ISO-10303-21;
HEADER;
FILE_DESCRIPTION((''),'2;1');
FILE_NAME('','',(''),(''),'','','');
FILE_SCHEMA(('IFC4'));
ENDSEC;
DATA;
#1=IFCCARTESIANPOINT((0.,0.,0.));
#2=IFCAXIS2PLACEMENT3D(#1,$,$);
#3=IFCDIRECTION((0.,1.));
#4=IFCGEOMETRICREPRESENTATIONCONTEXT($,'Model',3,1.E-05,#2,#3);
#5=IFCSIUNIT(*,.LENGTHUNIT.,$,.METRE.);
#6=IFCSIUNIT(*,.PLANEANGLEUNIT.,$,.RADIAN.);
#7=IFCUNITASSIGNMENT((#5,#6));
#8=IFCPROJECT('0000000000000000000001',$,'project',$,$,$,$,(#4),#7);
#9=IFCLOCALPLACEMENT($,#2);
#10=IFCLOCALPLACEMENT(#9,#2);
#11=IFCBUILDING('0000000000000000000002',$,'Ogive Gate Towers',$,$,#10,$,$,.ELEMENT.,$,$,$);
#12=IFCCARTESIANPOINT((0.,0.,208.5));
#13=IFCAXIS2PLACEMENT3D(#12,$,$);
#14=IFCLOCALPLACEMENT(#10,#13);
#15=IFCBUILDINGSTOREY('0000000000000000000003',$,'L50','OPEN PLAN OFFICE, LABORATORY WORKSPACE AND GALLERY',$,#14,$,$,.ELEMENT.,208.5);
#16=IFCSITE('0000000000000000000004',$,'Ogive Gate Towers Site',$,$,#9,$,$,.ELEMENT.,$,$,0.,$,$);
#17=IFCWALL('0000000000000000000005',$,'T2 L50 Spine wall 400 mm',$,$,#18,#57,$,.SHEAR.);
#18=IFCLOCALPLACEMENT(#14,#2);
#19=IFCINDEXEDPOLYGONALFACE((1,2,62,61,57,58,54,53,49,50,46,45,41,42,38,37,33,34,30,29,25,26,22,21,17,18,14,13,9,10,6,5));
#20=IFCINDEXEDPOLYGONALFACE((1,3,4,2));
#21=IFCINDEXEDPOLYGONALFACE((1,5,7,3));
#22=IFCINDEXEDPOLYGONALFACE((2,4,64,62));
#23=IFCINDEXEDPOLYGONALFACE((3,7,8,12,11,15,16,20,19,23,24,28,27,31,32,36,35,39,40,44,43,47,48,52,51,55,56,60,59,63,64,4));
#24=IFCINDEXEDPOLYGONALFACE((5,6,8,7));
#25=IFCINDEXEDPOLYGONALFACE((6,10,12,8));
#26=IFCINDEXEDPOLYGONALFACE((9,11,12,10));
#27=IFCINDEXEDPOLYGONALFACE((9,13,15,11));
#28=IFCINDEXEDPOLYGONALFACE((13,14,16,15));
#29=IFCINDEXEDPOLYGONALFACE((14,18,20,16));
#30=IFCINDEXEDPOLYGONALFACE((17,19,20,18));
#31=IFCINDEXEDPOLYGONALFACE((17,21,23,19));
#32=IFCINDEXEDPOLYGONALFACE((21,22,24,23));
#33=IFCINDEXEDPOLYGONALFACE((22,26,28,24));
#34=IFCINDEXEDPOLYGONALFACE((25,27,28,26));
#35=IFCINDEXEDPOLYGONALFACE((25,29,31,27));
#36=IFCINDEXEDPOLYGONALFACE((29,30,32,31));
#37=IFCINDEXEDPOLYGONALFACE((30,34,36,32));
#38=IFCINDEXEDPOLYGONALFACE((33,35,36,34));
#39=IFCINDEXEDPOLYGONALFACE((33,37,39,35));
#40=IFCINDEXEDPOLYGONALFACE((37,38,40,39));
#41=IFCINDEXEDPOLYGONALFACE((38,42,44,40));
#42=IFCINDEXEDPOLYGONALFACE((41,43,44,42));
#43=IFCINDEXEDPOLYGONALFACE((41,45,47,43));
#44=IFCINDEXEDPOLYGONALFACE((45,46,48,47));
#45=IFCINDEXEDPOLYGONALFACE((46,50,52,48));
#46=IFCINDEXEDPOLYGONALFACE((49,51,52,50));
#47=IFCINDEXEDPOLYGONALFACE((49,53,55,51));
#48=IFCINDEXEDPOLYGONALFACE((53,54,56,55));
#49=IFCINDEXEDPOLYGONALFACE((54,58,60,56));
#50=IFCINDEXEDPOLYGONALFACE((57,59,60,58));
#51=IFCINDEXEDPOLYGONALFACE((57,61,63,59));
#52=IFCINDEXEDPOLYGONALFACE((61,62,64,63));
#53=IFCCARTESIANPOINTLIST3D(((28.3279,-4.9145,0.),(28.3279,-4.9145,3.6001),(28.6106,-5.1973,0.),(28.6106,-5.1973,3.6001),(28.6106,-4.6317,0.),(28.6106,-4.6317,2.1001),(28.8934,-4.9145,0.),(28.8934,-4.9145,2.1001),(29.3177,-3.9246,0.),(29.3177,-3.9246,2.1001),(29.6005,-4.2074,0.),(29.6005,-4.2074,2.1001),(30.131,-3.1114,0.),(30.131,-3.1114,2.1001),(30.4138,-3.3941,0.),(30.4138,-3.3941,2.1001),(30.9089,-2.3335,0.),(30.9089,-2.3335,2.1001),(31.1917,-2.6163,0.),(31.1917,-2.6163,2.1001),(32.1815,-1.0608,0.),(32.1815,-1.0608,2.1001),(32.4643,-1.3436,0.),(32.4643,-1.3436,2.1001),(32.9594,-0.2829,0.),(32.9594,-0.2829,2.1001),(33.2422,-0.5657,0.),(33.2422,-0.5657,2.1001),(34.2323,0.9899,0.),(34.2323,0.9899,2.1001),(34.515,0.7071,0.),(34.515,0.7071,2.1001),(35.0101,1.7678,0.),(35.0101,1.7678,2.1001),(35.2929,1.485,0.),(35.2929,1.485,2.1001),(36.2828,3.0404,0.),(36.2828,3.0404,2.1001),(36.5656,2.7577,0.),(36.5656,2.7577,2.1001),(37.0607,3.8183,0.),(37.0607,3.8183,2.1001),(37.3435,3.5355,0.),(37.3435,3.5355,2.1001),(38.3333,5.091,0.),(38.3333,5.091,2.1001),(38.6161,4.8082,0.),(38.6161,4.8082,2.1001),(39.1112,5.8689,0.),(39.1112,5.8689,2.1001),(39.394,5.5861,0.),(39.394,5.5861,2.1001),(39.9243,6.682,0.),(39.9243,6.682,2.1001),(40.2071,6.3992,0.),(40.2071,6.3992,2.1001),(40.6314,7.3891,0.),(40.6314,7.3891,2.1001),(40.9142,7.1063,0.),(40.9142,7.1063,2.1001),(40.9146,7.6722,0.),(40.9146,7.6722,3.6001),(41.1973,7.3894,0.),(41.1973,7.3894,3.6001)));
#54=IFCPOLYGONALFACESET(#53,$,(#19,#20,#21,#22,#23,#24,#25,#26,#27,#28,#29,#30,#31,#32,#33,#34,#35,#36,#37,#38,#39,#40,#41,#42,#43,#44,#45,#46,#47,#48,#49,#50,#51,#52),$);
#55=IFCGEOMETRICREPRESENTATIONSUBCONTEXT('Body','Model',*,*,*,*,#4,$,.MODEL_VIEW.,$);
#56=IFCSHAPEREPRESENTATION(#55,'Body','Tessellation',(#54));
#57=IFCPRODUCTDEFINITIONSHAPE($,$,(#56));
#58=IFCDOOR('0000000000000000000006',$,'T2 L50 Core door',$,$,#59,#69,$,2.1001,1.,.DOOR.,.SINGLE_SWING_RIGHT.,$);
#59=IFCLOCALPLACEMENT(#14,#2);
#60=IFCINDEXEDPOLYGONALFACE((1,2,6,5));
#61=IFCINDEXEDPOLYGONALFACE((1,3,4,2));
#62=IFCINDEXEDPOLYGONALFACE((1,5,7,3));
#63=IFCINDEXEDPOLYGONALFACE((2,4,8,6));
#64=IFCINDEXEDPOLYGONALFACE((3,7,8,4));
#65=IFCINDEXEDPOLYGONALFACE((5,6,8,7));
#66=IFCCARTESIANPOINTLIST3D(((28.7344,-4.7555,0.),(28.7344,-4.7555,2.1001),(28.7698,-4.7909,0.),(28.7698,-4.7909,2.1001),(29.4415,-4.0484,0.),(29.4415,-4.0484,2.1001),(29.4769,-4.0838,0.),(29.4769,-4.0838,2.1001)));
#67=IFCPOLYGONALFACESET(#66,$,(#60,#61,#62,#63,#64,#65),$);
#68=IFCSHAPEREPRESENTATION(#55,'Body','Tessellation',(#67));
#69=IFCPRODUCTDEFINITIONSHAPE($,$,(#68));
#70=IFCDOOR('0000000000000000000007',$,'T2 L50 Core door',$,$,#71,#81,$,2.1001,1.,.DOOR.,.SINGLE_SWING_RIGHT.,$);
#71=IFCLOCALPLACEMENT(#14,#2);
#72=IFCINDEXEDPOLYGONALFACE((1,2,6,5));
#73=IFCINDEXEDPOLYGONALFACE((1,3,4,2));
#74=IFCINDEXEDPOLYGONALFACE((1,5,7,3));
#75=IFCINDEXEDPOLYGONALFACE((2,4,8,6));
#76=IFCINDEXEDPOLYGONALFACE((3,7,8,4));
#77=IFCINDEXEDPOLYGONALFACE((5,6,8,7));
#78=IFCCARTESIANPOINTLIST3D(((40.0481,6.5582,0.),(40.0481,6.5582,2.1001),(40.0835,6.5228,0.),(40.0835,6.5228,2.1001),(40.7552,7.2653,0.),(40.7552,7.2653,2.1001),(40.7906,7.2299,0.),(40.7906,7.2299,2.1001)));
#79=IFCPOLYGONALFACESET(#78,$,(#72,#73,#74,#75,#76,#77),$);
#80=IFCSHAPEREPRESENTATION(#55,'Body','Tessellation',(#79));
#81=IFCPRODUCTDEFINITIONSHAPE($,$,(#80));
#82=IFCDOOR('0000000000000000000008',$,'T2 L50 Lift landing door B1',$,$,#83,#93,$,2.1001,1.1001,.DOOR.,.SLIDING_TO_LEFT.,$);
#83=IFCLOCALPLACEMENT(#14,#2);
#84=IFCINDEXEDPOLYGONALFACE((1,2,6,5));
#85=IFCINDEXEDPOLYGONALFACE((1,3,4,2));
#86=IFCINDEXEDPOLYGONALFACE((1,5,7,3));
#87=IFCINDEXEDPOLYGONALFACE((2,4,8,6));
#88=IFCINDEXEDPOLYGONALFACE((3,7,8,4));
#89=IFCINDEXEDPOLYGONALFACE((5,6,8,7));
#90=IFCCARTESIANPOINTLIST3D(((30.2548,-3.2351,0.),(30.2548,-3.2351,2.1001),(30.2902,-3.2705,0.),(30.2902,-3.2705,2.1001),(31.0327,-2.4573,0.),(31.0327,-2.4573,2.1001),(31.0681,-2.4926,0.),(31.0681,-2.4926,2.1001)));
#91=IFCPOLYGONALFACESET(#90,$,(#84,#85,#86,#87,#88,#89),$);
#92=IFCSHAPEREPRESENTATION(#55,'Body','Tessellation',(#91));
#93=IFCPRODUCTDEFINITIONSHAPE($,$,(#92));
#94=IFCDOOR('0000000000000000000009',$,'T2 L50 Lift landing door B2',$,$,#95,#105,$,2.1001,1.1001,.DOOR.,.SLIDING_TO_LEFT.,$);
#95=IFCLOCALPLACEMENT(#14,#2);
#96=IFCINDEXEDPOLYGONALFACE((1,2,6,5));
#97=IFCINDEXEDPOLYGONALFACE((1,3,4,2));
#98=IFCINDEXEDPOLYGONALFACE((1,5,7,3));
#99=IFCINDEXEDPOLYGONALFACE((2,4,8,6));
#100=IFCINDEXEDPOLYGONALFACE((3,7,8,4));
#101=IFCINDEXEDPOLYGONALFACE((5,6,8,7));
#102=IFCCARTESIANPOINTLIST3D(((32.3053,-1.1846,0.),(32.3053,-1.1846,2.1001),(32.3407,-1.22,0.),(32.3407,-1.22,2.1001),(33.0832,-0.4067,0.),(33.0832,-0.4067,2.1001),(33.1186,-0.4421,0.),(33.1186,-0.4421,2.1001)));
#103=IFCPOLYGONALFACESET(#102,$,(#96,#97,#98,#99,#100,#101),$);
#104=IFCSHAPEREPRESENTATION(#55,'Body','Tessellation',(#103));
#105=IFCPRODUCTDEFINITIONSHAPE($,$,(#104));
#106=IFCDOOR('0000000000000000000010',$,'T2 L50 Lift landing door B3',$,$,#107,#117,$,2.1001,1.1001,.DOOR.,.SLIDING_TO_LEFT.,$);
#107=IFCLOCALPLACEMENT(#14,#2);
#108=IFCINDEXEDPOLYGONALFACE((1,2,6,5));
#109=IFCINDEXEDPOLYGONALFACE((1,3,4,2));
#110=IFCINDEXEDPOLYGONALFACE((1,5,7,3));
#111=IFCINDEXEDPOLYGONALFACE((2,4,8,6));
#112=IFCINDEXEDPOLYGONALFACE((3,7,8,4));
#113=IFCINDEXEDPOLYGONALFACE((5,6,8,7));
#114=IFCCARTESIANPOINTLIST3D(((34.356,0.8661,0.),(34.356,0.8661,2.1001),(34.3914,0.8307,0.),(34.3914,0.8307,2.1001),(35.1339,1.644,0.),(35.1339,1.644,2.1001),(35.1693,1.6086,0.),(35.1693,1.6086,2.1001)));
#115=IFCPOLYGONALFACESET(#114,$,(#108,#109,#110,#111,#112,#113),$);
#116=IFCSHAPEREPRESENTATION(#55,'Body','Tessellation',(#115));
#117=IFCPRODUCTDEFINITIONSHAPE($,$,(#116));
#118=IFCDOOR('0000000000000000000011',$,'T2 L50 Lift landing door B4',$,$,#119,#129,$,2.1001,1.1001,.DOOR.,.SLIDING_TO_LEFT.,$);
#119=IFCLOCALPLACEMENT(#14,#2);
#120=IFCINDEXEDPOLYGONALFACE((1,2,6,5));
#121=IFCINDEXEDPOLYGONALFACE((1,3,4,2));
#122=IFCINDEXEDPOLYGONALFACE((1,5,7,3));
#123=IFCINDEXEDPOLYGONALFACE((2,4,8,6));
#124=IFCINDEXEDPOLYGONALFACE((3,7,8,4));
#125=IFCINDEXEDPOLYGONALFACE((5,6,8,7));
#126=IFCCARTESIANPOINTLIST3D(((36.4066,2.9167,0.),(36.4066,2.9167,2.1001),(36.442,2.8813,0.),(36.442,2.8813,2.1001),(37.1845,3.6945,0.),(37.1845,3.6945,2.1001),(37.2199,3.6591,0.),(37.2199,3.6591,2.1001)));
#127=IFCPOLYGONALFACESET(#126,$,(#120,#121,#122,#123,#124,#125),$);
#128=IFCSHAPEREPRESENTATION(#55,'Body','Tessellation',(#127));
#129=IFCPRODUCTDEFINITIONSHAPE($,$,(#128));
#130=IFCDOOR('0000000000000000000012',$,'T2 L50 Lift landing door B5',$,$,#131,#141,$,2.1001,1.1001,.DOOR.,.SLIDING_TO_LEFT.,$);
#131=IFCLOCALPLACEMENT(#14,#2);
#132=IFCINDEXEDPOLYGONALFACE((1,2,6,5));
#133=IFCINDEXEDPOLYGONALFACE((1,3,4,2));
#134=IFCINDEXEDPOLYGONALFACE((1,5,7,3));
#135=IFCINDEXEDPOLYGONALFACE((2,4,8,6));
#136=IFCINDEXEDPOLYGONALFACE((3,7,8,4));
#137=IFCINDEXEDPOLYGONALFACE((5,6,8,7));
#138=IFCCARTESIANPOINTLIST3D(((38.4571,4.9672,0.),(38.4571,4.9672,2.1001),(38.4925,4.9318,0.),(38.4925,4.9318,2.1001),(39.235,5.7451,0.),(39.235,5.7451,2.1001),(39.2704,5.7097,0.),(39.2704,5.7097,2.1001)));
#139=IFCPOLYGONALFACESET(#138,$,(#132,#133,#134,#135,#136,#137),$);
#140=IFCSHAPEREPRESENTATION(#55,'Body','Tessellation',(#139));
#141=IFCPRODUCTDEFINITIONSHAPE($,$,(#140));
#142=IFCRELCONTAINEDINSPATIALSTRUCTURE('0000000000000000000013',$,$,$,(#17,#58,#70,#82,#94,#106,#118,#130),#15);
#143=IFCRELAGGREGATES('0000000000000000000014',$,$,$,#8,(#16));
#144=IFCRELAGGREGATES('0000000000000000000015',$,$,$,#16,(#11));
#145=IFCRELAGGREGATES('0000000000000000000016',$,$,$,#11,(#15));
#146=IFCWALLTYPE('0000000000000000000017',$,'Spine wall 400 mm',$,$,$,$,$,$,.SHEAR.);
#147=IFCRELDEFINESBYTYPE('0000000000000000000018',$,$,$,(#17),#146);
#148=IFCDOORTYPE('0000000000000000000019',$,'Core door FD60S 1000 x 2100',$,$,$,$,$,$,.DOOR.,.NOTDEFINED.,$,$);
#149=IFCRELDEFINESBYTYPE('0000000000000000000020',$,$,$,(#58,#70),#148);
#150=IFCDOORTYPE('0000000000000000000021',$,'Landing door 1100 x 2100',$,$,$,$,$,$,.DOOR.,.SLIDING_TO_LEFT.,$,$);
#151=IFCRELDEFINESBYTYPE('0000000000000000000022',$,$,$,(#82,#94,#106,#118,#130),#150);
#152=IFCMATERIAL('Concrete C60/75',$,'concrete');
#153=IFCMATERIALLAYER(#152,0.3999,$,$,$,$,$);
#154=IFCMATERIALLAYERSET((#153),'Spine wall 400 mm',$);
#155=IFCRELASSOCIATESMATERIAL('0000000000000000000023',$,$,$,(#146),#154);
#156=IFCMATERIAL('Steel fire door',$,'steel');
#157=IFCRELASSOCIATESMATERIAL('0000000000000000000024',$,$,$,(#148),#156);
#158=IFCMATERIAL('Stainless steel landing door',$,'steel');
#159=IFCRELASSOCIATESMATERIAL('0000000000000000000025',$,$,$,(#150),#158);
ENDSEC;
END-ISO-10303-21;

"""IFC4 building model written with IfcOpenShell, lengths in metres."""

from ifc_helpers import new_model, si_unit, direction, frame, frame_2d, origin, place, context, subcontext, project, spatial, rectangle, extrude, material, layer, layer_set, type_object, element, fill, save


model = new_model("IFC4")

# Units and contexts
model_context = context("Model", 3, precision=1e-05, world=origin(), true_north=direction((0.0, 1.0)))
body_context = subcontext(model_context, "Body", "Model", "MODEL_VIEW")
ifc_project = project(units=[si_unit("LENGTHUNIT", "METRE"), si_unit("PLANEANGLEUNIT", "RADIAN")], contexts=[model_context])

# Site, building, storey
site_placement = place(None, origin())
site = spatial("IfcSite", under=ifc_project, at=site_placement, Name="Ogive Gate Towers Site", CompositionType="ELEMENT", RefElevation=0.0)
building_placement = place(site_placement, origin())
building = spatial("IfcBuilding", under=site, at=building_placement, Name="Ogive Gate Towers", CompositionType="ELEMENT")
storey_placement = place(building_placement, frame((0.0, 0.0, 208.5)))
storey = spatial("IfcBuildingStorey", under=building, at=storey_placement, Name="L50", Description="OPEN PLAN OFFICE, LABORATORY WORKSPACE AND GALLERY", CompositionType="ELEMENT", Elevation=208.5)

# Shared definitions
ifc_material_1 = material(Name="Concrete C60/75", Category="concrete")

# Wall, openings, doors
ifc_layer_1 = layer(ifc_material_1, 0.3999)
ifc_layer_set_1 = layer_set([ifc_layer_1], Name="Spine wall 400 mm")
wall_type_1 = type_object("IfcWallType", Name="Spine wall 400 mm", PredefinedType="SHEAR", material=ifc_layer_set_1)
ifc_material_2 = material(Name="Steel fire door", Category="steel")
door_type_1 = type_object("IfcDoorType", Name="Core door FD60S 1000 x 2100", OperationType="NOTDEFINED", PredefinedType="DOOR", material=ifc_material_2)
ifc_material_3 = material(Name="Stainless steel landing door", Category="steel")
door_type_2 = type_object("IfcDoorType", Name="Landing door 1100 x 2100", OperationType="SLIDING_TO_LEFT", PredefinedType="DOOR", material=ifc_material_3)
wall_1_placement = place(storey_placement, frame((28.4692, -5.0559, 0.0), z_axis=(0.0, 0.0, 1.0), x_axis=(0.707107, 0.707107, 0.0)))
wall_1 = element("IfcWall", 1, at=wall_1_placement, inside=storey, type_object=wall_type_1, Name="T2 L50 Spine wall 400 mm", PredefinedType="SHEAR", context=body_context, shape_type="SweptSolid", body=[
    extrude(rectangle(XDim=17.8003, YDim=0.3999, at=frame_2d((8.9001, 0.0))), origin(), (0.0, 0.0, 1.0), 3.6001),
])
opening_1_placement = place(wall_1_placement, frame((0.3999, 0.0, 0.0)))
opening_1 = element("IfcOpeningElement", 2, at=opening_1_placement, cuts=wall_1, PredefinedType="OPENING", context=body_context, shape_type="SweptSolid", body=[
    extrude(rectangle(XDim=1.0, YDim=2.1001, at=frame_2d((0.5, 1.05))), frame((0.0, 0.21, 0.0), z_axis=(0.0, -1.0, 0.0), x_axis=(1.0, 0.0, 0.0)), (0.0, 0.0, 1.0), 0.4199),
])
opening_2_placement = place(wall_1_placement, frame((2.55, 0.0, 0.0)))
opening_2 = element("IfcOpeningElement", 3, at=opening_2_placement, cuts=wall_1, PredefinedType="OPENING", context=body_context, shape_type="SweptSolid", body=[
    extrude(rectangle(XDim=1.1001, YDim=2.1001, at=frame_2d((0.55, 1.05))), frame((0.0, 0.21, 0.0), z_axis=(0.0, -1.0, 0.0), x_axis=(1.0, 0.0, 0.0)), (0.0, 0.0, 1.0), 0.4199),
])
opening_3_placement = place(wall_1_placement, frame((5.45, 0.0, 0.0)))
opening_3 = element("IfcOpeningElement", 4, at=opening_3_placement, cuts=wall_1, PredefinedType="OPENING", context=body_context, shape_type="SweptSolid", body=[
    extrude(rectangle(XDim=1.1001, YDim=2.1001, at=frame_2d((0.55, 1.05))), frame((0.0, 0.21, 0.0), z_axis=(0.0, -1.0, 0.0), x_axis=(1.0, 0.0, 0.0)), (0.0, 0.0, 1.0), 0.4199),
])
opening_4_placement = place(wall_1_placement, frame((8.3501, 0.0, 0.0)))
opening_4 = element("IfcOpeningElement", 5, at=opening_4_placement, cuts=wall_1, PredefinedType="OPENING", context=body_context, shape_type="SweptSolid", body=[
    extrude(rectangle(XDim=1.1001, YDim=2.1001, at=frame_2d((0.55, 1.05))), frame((0.0, 0.21, 0.0), z_axis=(0.0, -1.0, 0.0), x_axis=(1.0, 0.0, 0.0)), (0.0, 0.0, 1.0), 0.4199),
])
opening_5_placement = place(wall_1_placement, frame((11.25, 0.0, 0.0)))
opening_5 = element("IfcOpeningElement", 6, at=opening_5_placement, cuts=wall_1, PredefinedType="OPENING", context=body_context, shape_type="SweptSolid", body=[
    extrude(rectangle(XDim=1.1001, YDim=2.1001, at=frame_2d((0.55, 1.05))), frame((0.0, 0.21, 0.0), z_axis=(0.0, -1.0, 0.0), x_axis=(1.0, 0.0, 0.0)), (0.0, 0.0, 1.0), 0.4199),
])
opening_6_placement = place(wall_1_placement, frame((14.1499, 0.0, 0.0)))
opening_6 = element("IfcOpeningElement", 7, at=opening_6_placement, cuts=wall_1, PredefinedType="OPENING", context=body_context, shape_type="SweptSolid", body=[
    extrude(rectangle(XDim=1.1001, YDim=2.1001, at=frame_2d((0.55, 1.05))), frame((0.0, 0.21, 0.0), z_axis=(0.0, -1.0, 0.0), x_axis=(1.0, 0.0, 0.0)), (0.0, 0.0, 1.0), 0.4199),
])
opening_7_placement = place(wall_1_placement, frame((16.3999, 0.0, 0.0)))
opening_7 = element("IfcOpeningElement", 8, at=opening_7_placement, cuts=wall_1, PredefinedType="OPENING", context=body_context, shape_type="SweptSolid", body=[
    extrude(rectangle(XDim=1.0, YDim=2.1001, at=frame_2d((0.5, 1.05))), frame((0.0, 0.21, 0.0), z_axis=(0.0, -1.0, 0.0), x_axis=(1.0, 0.0, 0.0)), (0.0, 0.0, 1.0), 0.4199),
])
door_1_placement = place(opening_1_placement, origin())
door_1 = element("IfcDoor", 9, at=door_1_placement, inside=storey, type_object=door_type_1, Name="T2 L50 Core door", OperationType="SINGLE_SWING_RIGHT", OverallHeight=2.1001, OverallWidth=1.0, PredefinedType="DOOR", context=body_context, shape_type="SweptSolid", body=[
    extrude(rectangle(XDim=1.0, YDim=2.1001, at=frame_2d((0.5, 1.05))), frame((0.0, 0.0249, 0.0), z_axis=(0.0, -1.0, 0.0), x_axis=(1.0, 0.0, 0.0)), (0.0, 0.0, 1.0), 0.05),
])
fill(opening_1, door_1)
door_2_placement = place(opening_7_placement, origin())
door_2 = element("IfcDoor", 10, at=door_2_placement, inside=storey, type_object=door_type_1, Name="T2 L50 Core door", OperationType="SINGLE_SWING_RIGHT", OverallHeight=2.1001, OverallWidth=1.0, PredefinedType="DOOR", context=body_context, shape_type="SweptSolid", body=[
    extrude(rectangle(XDim=1.0, YDim=2.1001, at=frame_2d((0.5, 1.05))), frame((0.0, 0.0249, 0.0), z_axis=(0.0, -1.0, 0.0), x_axis=(1.0, 0.0, 0.0)), (0.0, 0.0, 1.0), 0.05),
])
fill(opening_7, door_2)
door_3_placement = place(opening_2_placement, origin())
door_3 = element("IfcDoor", 11, at=door_3_placement, inside=storey, type_object=door_type_2, Name="T2 L50 Lift landing door B1", OperationType="SLIDING_TO_LEFT", OverallHeight=2.1001, OverallWidth=1.1001, PredefinedType="DOOR", context=body_context, shape_type="SweptSolid", body=[
    extrude(rectangle(XDim=1.1001, YDim=2.1001, at=frame_2d((0.55, 1.05))), frame((0.0, 0.0249, 0.0), z_axis=(0.0, -1.0, 0.0), x_axis=(1.0, 0.0, 0.0)), (0.0, 0.0, 1.0), 0.05),
])
fill(opening_2, door_3)
door_4_placement = place(opening_3_placement, origin())
door_4 = element("IfcDoor", 12, at=door_4_placement, inside=storey, type_object=door_type_2, Name="T2 L50 Lift landing door B2", OperationType="SLIDING_TO_LEFT", OverallHeight=2.1001, OverallWidth=1.1001, PredefinedType="DOOR", context=body_context, shape_type="SweptSolid", body=[
    extrude(rectangle(XDim=1.1001, YDim=2.1001, at=frame_2d((0.55, 1.05))), frame((0.0, 0.0249, 0.0), z_axis=(0.0, -1.0, 0.0), x_axis=(1.0, 0.0, 0.0)), (0.0, 0.0, 1.0), 0.05),
])
fill(opening_3, door_4)
door_5_placement = place(opening_4_placement, origin())
door_5 = element("IfcDoor", 13, at=door_5_placement, inside=storey, type_object=door_type_2, Name="T2 L50 Lift landing door B3", OperationType="SLIDING_TO_LEFT", OverallHeight=2.1001, OverallWidth=1.1001, PredefinedType="DOOR", context=body_context, shape_type="SweptSolid", body=[
    extrude(rectangle(XDim=1.1001, YDim=2.1001, at=frame_2d((0.55, 1.05))), frame((0.0, 0.0249, 0.0), z_axis=(0.0, -1.0, 0.0), x_axis=(1.0, 0.0, 0.0)), (0.0, 0.0, 1.0), 0.05),
])
fill(opening_4, door_5)
door_6_placement = place(opening_5_placement, origin())
door_6 = element("IfcDoor", 14, at=door_6_placement, inside=storey, type_object=door_type_2, Name="T2 L50 Lift landing door B4", OperationType="SLIDING_TO_LEFT", OverallHeight=2.1001, OverallWidth=1.1001, PredefinedType="DOOR", context=body_context, shape_type="SweptSolid", body=[
    extrude(rectangle(XDim=1.1001, YDim=2.1001, at=frame_2d((0.55, 1.05))), frame((0.0, 0.0249, 0.0), z_axis=(0.0, -1.0, 0.0), x_axis=(1.0, 0.0, 0.0)), (0.0, 0.0, 1.0), 0.05),
])
fill(opening_5, door_6)
door_7_placement = place(opening_6_placement, origin())
door_7 = element("IfcDoor", 15, at=door_7_placement, inside=storey, type_object=door_type_2, Name="T2 L50 Lift landing door B5", OperationType="SLIDING_TO_LEFT", OverallHeight=2.1001, OverallWidth=1.1001, PredefinedType="DOOR", context=body_context, shape_type="SweptSolid", body=[
    extrude(rectangle(XDim=1.1001, YDim=2.1001, at=frame_2d((0.55, 1.05))), frame((0.0, 0.0249, 0.0), z_axis=(0.0, -1.0, 0.0), x_axis=(1.0, 0.0, 0.0)), (0.0, 0.0, 1.0), 0.05),
])
fill(opening_6, door_7)

save(model, "model.ifc")
